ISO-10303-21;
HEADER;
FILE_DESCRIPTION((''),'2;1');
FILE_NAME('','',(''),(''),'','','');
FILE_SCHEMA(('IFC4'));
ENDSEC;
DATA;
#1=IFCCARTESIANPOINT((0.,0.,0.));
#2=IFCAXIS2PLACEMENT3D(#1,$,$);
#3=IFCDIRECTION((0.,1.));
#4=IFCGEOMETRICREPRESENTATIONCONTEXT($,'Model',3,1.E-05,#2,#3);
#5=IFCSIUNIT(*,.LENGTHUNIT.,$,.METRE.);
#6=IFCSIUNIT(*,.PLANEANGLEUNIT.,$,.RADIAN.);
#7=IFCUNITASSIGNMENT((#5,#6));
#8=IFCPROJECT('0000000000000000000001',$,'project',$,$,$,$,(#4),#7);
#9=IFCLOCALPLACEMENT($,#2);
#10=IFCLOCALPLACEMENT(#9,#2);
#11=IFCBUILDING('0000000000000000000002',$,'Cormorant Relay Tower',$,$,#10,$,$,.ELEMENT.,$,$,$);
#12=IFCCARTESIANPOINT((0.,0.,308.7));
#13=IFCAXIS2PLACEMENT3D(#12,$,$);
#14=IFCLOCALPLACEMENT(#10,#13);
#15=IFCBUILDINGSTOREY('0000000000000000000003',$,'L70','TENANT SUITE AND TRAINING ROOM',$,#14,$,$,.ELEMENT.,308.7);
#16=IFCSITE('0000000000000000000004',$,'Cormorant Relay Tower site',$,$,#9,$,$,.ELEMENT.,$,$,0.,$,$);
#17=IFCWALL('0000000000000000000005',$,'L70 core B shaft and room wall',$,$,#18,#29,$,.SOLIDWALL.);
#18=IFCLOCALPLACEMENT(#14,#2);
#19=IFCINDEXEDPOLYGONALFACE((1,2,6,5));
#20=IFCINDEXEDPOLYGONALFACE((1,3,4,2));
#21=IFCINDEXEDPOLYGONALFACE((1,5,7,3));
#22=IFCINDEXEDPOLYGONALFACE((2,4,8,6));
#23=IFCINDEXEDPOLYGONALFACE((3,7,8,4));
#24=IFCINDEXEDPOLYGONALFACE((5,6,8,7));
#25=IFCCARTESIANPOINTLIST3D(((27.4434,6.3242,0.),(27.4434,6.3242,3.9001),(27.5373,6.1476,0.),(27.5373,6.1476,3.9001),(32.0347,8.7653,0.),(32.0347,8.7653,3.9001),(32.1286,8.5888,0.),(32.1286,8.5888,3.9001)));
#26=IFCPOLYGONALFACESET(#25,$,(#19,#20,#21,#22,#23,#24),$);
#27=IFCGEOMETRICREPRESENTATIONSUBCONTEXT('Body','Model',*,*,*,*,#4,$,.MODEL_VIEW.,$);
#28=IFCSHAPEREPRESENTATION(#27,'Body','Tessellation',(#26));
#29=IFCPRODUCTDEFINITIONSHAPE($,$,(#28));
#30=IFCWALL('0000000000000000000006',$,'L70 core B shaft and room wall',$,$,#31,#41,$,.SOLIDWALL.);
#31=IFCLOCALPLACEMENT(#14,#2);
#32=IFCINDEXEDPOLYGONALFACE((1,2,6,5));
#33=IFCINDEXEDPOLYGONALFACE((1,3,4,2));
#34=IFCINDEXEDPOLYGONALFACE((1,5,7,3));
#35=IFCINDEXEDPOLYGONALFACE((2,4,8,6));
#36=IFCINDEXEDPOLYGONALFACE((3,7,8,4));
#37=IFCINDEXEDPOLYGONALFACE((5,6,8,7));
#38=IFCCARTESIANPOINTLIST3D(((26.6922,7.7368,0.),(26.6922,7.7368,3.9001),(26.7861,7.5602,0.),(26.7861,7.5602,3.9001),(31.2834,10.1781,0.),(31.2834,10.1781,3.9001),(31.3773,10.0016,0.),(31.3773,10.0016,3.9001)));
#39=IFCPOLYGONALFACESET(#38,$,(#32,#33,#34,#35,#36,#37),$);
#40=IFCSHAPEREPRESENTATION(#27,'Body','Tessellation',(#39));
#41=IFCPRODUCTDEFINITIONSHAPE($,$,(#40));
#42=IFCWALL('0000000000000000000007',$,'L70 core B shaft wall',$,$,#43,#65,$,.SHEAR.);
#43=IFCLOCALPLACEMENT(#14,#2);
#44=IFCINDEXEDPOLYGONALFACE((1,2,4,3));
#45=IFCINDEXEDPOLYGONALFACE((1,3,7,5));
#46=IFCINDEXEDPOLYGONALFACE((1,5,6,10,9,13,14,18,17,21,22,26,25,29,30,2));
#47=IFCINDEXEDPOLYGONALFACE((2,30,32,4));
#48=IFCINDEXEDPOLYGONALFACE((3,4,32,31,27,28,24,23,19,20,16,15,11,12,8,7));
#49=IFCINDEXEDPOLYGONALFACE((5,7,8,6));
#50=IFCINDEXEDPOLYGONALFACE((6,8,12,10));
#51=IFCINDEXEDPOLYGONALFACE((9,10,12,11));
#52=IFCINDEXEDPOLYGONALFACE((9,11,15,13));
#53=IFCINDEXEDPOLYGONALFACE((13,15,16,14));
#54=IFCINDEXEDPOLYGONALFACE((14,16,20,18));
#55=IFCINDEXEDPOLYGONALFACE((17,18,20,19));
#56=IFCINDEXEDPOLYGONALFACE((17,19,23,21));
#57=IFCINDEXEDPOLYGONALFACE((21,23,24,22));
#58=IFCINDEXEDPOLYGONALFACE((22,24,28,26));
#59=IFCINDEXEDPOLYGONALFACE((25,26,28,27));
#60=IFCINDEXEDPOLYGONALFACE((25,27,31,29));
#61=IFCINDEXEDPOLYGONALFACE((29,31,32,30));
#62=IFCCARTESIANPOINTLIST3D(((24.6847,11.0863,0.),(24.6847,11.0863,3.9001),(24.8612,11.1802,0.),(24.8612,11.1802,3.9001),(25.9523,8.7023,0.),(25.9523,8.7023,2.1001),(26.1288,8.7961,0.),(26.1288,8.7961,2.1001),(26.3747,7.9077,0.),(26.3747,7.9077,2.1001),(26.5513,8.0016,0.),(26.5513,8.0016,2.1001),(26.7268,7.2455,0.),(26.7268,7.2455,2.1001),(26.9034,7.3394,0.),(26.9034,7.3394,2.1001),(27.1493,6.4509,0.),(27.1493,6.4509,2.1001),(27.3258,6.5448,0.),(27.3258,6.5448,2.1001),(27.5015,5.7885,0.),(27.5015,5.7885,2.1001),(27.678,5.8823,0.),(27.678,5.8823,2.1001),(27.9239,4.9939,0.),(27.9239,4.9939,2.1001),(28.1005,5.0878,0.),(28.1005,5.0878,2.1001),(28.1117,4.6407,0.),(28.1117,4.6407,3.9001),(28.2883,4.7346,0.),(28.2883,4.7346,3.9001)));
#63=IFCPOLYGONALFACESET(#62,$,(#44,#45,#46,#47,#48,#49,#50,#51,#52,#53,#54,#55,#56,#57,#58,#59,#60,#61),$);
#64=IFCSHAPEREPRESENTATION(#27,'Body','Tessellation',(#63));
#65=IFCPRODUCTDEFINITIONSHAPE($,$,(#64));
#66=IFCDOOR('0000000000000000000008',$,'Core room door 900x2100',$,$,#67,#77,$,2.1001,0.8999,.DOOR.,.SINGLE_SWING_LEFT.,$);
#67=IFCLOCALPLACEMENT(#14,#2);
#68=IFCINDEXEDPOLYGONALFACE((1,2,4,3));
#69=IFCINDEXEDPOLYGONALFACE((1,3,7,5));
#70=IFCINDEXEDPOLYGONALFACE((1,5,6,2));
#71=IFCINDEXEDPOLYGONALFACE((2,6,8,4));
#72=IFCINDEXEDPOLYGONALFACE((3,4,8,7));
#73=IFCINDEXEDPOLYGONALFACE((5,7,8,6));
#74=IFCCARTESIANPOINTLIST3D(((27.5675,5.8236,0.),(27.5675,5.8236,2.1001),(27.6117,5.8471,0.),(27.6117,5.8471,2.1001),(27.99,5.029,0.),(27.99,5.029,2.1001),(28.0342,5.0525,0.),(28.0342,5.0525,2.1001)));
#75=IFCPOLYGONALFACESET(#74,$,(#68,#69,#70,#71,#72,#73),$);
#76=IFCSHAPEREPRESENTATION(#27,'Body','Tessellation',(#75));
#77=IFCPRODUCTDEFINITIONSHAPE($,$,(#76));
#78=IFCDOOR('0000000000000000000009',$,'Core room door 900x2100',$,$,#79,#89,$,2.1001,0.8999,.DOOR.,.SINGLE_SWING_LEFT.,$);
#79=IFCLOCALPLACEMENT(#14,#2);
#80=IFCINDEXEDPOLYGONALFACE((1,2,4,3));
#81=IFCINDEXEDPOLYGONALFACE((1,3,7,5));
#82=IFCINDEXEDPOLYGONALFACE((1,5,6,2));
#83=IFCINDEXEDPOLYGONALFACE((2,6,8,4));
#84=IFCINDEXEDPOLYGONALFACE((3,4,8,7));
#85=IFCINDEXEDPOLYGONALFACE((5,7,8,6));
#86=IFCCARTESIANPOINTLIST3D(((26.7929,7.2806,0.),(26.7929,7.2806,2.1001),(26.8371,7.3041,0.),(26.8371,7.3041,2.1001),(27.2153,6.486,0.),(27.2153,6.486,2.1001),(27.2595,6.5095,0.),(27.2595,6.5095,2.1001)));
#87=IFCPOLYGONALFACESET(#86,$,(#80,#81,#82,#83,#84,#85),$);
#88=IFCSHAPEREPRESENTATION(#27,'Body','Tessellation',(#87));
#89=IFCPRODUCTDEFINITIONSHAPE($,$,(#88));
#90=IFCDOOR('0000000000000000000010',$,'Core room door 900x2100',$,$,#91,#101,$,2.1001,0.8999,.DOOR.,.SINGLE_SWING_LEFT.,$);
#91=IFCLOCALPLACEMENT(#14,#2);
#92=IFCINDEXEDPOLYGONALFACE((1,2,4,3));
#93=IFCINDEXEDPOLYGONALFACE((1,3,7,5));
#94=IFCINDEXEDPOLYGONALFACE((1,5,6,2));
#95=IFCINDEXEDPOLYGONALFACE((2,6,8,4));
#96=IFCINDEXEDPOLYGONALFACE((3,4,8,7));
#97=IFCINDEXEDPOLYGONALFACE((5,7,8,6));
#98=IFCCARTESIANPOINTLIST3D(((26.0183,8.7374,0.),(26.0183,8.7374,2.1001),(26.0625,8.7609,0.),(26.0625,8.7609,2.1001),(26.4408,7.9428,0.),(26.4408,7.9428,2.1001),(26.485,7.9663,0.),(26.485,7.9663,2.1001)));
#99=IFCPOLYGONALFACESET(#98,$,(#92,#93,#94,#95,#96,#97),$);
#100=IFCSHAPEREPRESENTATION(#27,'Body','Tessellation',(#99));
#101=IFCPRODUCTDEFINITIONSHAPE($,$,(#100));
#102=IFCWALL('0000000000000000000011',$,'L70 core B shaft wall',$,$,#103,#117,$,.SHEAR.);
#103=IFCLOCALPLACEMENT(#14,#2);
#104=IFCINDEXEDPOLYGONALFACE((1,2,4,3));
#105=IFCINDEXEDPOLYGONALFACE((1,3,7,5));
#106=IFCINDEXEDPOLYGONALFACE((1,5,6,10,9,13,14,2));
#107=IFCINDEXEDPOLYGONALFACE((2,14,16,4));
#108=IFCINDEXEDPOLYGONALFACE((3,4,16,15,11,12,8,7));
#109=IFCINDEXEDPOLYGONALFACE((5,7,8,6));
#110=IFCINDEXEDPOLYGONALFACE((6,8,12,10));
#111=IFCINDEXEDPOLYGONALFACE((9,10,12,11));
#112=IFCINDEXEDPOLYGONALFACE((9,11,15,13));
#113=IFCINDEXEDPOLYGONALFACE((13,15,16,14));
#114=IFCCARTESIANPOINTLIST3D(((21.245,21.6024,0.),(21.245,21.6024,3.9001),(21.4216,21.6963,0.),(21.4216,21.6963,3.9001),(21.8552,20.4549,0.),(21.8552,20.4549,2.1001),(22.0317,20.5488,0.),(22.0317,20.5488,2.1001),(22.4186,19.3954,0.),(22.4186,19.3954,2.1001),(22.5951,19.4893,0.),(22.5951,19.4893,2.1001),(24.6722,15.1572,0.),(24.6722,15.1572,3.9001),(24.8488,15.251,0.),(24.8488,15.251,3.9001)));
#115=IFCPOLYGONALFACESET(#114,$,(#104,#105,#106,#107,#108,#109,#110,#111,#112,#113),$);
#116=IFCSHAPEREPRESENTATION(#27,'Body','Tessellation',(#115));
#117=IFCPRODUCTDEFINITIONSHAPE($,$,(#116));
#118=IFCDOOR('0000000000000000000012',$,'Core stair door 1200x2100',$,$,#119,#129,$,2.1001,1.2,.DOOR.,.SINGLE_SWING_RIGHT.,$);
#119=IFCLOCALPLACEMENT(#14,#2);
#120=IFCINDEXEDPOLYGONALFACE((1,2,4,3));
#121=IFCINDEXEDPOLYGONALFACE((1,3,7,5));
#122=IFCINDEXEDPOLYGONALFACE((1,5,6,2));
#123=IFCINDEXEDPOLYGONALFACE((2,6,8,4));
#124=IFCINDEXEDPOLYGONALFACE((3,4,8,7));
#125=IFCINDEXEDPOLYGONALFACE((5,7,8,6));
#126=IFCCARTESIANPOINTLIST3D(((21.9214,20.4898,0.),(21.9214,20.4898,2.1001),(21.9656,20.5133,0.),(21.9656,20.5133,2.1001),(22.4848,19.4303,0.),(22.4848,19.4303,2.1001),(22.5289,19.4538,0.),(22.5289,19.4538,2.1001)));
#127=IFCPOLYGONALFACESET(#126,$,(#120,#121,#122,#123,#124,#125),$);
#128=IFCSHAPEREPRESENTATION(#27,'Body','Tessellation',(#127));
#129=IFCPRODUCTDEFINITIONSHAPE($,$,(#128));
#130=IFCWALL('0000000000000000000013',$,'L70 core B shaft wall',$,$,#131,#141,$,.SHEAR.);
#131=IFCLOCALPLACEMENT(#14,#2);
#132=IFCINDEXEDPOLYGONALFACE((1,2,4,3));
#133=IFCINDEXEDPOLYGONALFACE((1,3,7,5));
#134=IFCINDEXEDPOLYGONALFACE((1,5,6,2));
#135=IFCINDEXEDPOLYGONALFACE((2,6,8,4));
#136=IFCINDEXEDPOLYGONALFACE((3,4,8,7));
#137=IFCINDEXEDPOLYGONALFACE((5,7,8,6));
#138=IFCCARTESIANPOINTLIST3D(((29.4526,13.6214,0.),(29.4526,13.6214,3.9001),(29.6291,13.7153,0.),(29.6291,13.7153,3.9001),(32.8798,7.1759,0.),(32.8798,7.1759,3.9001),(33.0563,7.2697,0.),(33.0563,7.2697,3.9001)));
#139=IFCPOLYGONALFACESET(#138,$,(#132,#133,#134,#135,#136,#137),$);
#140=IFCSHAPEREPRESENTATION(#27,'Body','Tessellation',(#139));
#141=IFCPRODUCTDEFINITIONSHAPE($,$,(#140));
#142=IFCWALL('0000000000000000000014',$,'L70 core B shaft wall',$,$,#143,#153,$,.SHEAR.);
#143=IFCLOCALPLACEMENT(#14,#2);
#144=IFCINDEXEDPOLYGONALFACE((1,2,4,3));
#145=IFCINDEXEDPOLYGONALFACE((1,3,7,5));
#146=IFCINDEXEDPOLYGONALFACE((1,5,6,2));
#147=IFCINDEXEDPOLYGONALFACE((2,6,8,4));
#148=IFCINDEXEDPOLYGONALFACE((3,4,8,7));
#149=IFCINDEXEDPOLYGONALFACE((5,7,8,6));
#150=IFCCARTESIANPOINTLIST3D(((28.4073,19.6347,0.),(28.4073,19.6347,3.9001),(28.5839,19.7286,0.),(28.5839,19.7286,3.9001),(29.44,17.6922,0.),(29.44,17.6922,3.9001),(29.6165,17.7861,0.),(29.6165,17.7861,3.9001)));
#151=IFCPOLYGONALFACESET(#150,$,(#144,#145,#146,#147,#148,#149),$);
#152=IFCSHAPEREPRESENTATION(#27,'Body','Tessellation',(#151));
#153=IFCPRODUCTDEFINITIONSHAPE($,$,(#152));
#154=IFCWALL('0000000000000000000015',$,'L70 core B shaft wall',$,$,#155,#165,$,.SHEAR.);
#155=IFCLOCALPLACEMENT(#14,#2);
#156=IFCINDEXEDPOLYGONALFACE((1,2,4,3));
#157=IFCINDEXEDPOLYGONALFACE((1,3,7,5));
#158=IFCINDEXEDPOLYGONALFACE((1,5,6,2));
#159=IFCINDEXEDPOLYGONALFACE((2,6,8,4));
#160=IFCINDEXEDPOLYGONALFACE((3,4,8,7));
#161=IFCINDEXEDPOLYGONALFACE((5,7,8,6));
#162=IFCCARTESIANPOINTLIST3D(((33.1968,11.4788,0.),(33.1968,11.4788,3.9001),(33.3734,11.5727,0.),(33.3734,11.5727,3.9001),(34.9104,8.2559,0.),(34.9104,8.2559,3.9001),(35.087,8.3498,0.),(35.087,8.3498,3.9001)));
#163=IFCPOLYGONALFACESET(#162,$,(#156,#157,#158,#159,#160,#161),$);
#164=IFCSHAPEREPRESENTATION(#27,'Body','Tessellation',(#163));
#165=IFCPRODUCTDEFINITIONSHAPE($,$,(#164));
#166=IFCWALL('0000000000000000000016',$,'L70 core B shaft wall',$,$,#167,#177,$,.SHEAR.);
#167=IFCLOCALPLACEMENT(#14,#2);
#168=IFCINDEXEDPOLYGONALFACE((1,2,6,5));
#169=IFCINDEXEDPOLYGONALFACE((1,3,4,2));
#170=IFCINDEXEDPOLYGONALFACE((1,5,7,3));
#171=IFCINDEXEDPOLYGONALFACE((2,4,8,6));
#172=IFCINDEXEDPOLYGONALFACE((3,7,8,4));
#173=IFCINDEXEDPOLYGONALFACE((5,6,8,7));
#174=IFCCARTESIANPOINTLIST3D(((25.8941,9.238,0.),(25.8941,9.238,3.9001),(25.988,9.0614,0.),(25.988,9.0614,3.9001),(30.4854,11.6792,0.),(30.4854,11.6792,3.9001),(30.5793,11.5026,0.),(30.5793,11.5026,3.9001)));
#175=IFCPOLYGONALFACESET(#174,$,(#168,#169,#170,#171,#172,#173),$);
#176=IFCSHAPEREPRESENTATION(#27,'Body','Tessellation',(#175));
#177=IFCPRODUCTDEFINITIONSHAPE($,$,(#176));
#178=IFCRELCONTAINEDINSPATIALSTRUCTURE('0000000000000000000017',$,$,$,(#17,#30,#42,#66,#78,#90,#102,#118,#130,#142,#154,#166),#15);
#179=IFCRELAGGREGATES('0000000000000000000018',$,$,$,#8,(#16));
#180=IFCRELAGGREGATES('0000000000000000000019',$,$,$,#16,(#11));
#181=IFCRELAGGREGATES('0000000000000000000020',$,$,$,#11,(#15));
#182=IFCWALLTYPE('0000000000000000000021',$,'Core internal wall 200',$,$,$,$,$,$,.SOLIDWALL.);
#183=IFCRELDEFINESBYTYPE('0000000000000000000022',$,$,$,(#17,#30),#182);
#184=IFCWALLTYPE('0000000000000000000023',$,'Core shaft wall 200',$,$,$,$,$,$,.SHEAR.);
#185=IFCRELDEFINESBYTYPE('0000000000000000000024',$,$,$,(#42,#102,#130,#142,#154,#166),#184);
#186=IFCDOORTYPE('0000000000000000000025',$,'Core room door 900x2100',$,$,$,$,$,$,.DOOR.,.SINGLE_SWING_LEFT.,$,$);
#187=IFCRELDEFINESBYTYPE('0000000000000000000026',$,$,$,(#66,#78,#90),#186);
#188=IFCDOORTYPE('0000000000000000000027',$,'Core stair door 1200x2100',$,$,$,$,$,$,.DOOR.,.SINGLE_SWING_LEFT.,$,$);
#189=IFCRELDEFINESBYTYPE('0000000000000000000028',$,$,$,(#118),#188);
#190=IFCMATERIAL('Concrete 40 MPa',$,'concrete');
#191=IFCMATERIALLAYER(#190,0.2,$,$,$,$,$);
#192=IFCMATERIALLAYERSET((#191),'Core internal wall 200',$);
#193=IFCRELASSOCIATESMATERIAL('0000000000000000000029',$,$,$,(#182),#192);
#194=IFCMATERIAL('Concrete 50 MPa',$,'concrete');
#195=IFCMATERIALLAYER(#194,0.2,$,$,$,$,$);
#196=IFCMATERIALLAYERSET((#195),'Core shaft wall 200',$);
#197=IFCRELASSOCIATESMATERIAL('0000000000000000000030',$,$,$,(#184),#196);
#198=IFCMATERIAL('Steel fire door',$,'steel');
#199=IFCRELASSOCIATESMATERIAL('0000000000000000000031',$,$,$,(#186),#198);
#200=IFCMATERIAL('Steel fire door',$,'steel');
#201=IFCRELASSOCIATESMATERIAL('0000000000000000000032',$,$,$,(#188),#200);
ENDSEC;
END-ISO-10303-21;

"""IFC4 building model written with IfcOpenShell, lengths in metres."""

from ifc_helpers import new_model, si_unit, direction, frame, frame_2d, origin, place, context, subcontext, project, spatial, rectangle, extrude, material, layer, layer_set, type_object, element, fill, save


model = new_model("IFC4")

# Units and contexts
model_context = context("Model", 3, precision=1e-05, world=origin(), true_north=direction((0.0, 1.0)))
body_context = subcontext(model_context, "Body", "Model", "MODEL_VIEW")
ifc_project = project(units=[si_unit("LENGTHUNIT", "METRE"), si_unit("PLANEANGLEUNIT", "RADIAN")], contexts=[model_context])

# Site, building, storey
site_placement = place(None, origin())
site = spatial("IfcSite", under=ifc_project, at=site_placement, Name="Cormorant Relay Tower site", CompositionType="ELEMENT", RefElevation=0.0)
building_placement = place(site_placement, origin())
building = spatial("IfcBuilding", under=site, at=building_placement, Name="Cormorant Relay Tower", CompositionType="ELEMENT")
storey_placement = place(building_placement, frame((0.0, 0.0, 308.7)))
storey = spatial("IfcBuildingStorey", under=building, at=storey_placement, Name="L70", Description="TENANT SUITE AND TRAINING ROOM", CompositionType="ELEMENT", Elevation=308.7)

# Walls
ifc_material_1 = material(Name="Concrete 40 MPa", Category="concrete")
ifc_layer_1 = layer(ifc_material_1, 0.2)
ifc_layer_set_1 = layer_set([ifc_layer_1], Name="Core internal wall 200")
wall_type_1 = type_object("IfcWallType", Name="Core internal wall 200", PredefinedType="SOLIDWALL", material=ifc_layer_set_1)
for number, where, z_axis, x_axis, name in (
    (1, (27.4902, 6.2358, 0.0), (0.0, 0.0, 1.0), (0.882954, 0.46946, 0.0), "L70 core B shaft and room wall"),
    (2, (26.739, 7.6484, 0.0), (0.0, 0.0, 1.0), (0.882935, 0.469496, 0.0), "L70 core B shaft and room wall"),
):
    element("IfcWall", number, at=place(storey_placement, frame(where, z_axis=z_axis, x_axis=x_axis)), inside=storey, type_object=wall_type_1, Name=name, PredefinedType="SOLIDWALL", context=body_context, shape_type="SweptSolid", body=[
        extrude(rectangle(XDim=5.2, YDim=0.2, at=frame_2d((2.6001, 0.0))), origin(), (0.0, 0.0, 1.0), 3.9001),
    ])

# Wall, openings, doors
ifc_material_2 = material(Name="Concrete 50 MPa", Category="concrete")
ifc_layer_2 = layer(ifc_material_2, 0.2)
ifc_layer_set_2 = layer_set([ifc_layer_2], Name="Core shaft wall 200")
wall_type_2 = type_object("IfcWallType", Name="Core shaft wall 200", PredefinedType="SHEAR", material=ifc_layer_set_2)
wall_1_placement = place(storey_placement, frame((28.2, 4.6877, 0.0), z_axis=(0.0, 0.0, 1.0), x_axis=(-0.469454, 0.882957, 0.0)))
wall_1 = element("IfcWall", 3, at=wall_1_placement, inside=storey, type_object=wall_type_2, Name="L70 core B shaft wall", PredefinedType="SHEAR", context=body_context, shape_type="SweptSolid", body=[
    extrude(rectangle(XDim=7.3, YDim=0.2, at=frame_2d((3.6499, 0.0))), origin(), (0.0, 0.0, 1.0), 3.9001),
])
opening_1_placement = place(wall_1_placement, frame((0.3999, 0.0, 0.0)))
opening_1 = element("IfcOpeningElement", 4, at=opening_1_placement, cuts=wall_1, PredefinedType="OPENING", context=body_context, shape_type="SweptSolid", body=[
    extrude(rectangle(XDim=0.8999, YDim=2.1001, at=frame_2d((0.45, 1.05))), frame((0.0, 0.1099, 0.0), z_axis=(0.0, -1.0, 0.0), x_axis=(1.0, 0.0, 0.0)), (0.0, 0.0, 1.0), 0.22),
])
opening_2_placement = place(wall_1_placement, frame((2.05, 0.0, 0.0)))
opening_2 = element("IfcOpeningElement", 5, at=opening_2_placement, cuts=wall_1, PredefinedType="OPENING", context=body_context, shape_type="SweptSolid", body=[
    extrude(rectangle(XDim=0.8999, YDim=2.1001, at=frame_2d((0.45, 1.05))), frame((0.0, 0.1099, 0.0), z_axis=(0.0, -1.0, 0.0), x_axis=(1.0, 0.0, 0.0)), (0.0, 0.0, 1.0), 0.22),
])
opening_3_placement = place(wall_1_placement, frame((3.7, 0.0, 0.0)))
opening_3 = element("IfcOpeningElement", 6, at=opening_3_placement, cuts=wall_1, PredefinedType="OPENING", context=body_context, shape_type="SweptSolid", body=[
    extrude(rectangle(XDim=0.8999, YDim=2.1001, at=frame_2d((0.45, 1.05))), frame((0.0, 0.1099, 0.0), z_axis=(0.0, -1.0, 0.0), x_axis=(1.0, 0.0, 0.0)), (0.0, 0.0, 1.0), 0.22),
])
ifc_material_3 = material(Name="Steel fire door", Category="steel")
door_type_1 = type_object("IfcDoorType", Name="Core room door 900x2100", OperationType="SINGLE_SWING_LEFT", PredefinedType="DOOR", material=ifc_material_3)
door_1_placement = place(opening_1_placement, frame((0.8999, 0.0, 0.0), z_axis=(0.0, 0.0, 1.0), x_axis=(-1.0, 0.0, 0.0)))
door_1 = element("IfcDoor", 7, at=door_1_placement, inside=storey, type_object=door_type_1, Name="Core room door 900x2100", OperationType="SINGLE_SWING_LEFT", OverallHeight=2.1001, OverallWidth=0.8999, PredefinedType="DOOR", context=body_context, shape_type="SweptSolid", body=[
    extrude(rectangle(XDim=0.8999, YDim=2.1001, at=frame_2d((0.45, 1.05))), frame((0.0, 0.0249, 0.0), z_axis=(0.0, -1.0, 0.0), x_axis=(1.0, 0.0, 0.0)), (0.0, 0.0, 1.0), 0.05),
])
fill(opening_1, door_1)
door_2_placement = place(opening_2_placement, frame((0.8999, 0.0, 0.0), z_axis=(0.0, 0.0, 1.0), x_axis=(-1.0, 0.0, 0.0)))
door_2 = element("IfcDoor", 8, at=door_2_placement, inside=storey, type_object=door_type_1, Name="Core room door 900x2100", OperationType="SINGLE_SWING_LEFT", OverallHeight=2.1001, OverallWidth=0.8999, PredefinedType="DOOR", context=body_context, shape_type="SweptSolid", body=[
    extrude(rectangle(XDim=0.8999, YDim=2.1001, at=frame_2d((0.45, 1.05))), frame((0.0, 0.0249, 0.0), z_axis=(0.0, -1.0, 0.0), x_axis=(1.0, 0.0, 0.0)), (0.0, 0.0, 1.0), 0.05),
])
fill(opening_2, door_2)
door_3_placement = place(opening_3_placement, frame((0.8999, 0.0, 0.0), z_axis=(0.0, 0.0, 1.0), x_axis=(-1.0, 0.0, 0.0)))
door_3 = element("IfcDoor", 9, at=door_3_placement, inside=storey, type_object=door_type_1, Name="Core room door 900x2100", OperationType="SINGLE_SWING_LEFT", OverallHeight=2.1001, OverallWidth=0.8999, PredefinedType="DOOR", context=body_context, shape_type="SweptSolid", body=[
    extrude(rectangle(XDim=0.8999, YDim=2.1001, at=frame_2d((0.45, 1.05))), frame((0.0, 0.0249, 0.0), z_axis=(0.0, -1.0, 0.0), x_axis=(1.0, 0.0, 0.0)), (0.0, 0.0, 1.0), 0.05),
])
fill(opening_3, door_3)

# Wall, opening, door
wall_2_placement = place(storey_placement, frame((24.7605, 15.2041, 0.0), z_axis=(0.0, 0.0, 1.0), x_axis=(-0.469494, 0.882936, 0.0)))
wall_2 = element("IfcWall", 10, at=wall_2_placement, inside=storey, type_object=wall_type_2, Name="L70 core B shaft wall", PredefinedType="SHEAR", context=body_context, shape_type="SweptSolid", body=[
    extrude(rectangle(XDim=7.2998, YDim=0.2, at=frame_2d((3.6499, 0.0))), origin(), (0.0, 0.0, 1.0), 3.9001),
])
opening_4_placement = place(wall_2_placement, frame((4.8, 0.0, 0.0)))
opening_4 = element("IfcOpeningElement", 11, at=opening_4_placement, cuts=wall_2, PredefinedType="OPENING", context=body_context, shape_type="SweptSolid", body=[
    extrude(rectangle(XDim=1.2, YDim=2.1001, at=frame_2d((0.6001, 1.05))), frame((0.0, 0.1099, 0.0), z_axis=(0.0, -1.0, 0.0), x_axis=(1.0, 0.0, 0.0)), (0.0, 0.0, 1.0), 0.22),
])
ifc_material_4 = material(Name="Steel fire door", Category="steel")
door_type_2 = type_object("IfcDoorType", Name="Core stair door 1200x2100", OperationType="SINGLE_SWING_LEFT", PredefinedType="DOOR", material=ifc_material_4)
door_4_placement = place(opening_4_placement, frame((1.2, 0.0, 0.0), z_axis=(0.0, 0.0, 1.0), x_axis=(-1.0, 0.0, 0.0)))
door_4 = element("IfcDoor", 12, at=door_4_placement, inside=storey, type_object=door_type_2, Name="Core stair door 1200x2100", OperationType="SINGLE_SWING_RIGHT", OverallHeight=2.1001, OverallWidth=1.2, PredefinedType="DOOR", context=body_context, shape_type="SweptSolid", body=[
    extrude(rectangle(XDim=1.2, YDim=2.1001, at=frame_2d((0.6001, 1.05))), frame((0.0, 0.0249, 0.0), z_axis=(0.0, -1.0, 0.0), x_axis=(1.0, 0.0, 0.0)), (0.0, 0.0, 1.0), 0.05),
])
fill(opening_4, door_4)

# Walls
wall_3_placement = place(storey_placement, frame((32.968, 7.2229, 0.0), z_axis=(0.0, 0.0, 1.0), x_axis=(-0.46948, 0.882943, 0.0)))
element("IfcWall", 13, at=wall_3_placement, inside=storey, type_object=wall_type_2, Name="L70 core B shaft wall", PredefinedType="SHEAR", context=body_context, shape_type="SweptSolid", body=[
    extrude(rectangle(XDim=7.3, YDim=0.2, at=frame_2d((3.6499, 0.0))), origin(), (0.0, 0.0, 1.0), 3.9001),
])
wall_4_placement = place(storey_placement, frame((29.5283, 17.739, 0.0), z_axis=(0.0, 0.0, 1.0), x_axis=(-0.469401, 0.882985, 0.0)))
element("IfcWall", 14, at=wall_4_placement, inside=storey, type_object=wall_type_2, Name="L70 core B shaft wall", PredefinedType="SHEAR", context=body_context, shape_type="SweptSolid", body=[
    extrude(rectangle(XDim=2.2, YDim=0.2, at=frame_2d((1.1001, 0.0))), origin(), (0.0, 0.0, 1.0), 3.9001),
])
wall_5_placement = place(storey_placement, frame((34.9988, 8.3027, 0.0), z_axis=(0.0, 0.0, 1.0), x_axis=(-0.469467, 0.88295, 0.0)))
element("IfcWall", 15, at=wall_5_placement, inside=storey, type_object=wall_type_2, Name="L70 core B shaft wall", PredefinedType="SHEAR", context=body_context, shape_type="SweptSolid", body=[
    extrude(rectangle(XDim=3.6501, YDim=0.2, at=frame_2d((1.8252, 0.0))), origin(), (0.0, 0.0, 1.0), 3.9001),
])

# Wall
wall_6_placement = place(storey_placement, frame((25.9409, 9.1497, 0.0), z_axis=(0.0, 0.0, 1.0), x_axis=(0.882954, 0.46946, 0.0)))
element("IfcWall", 16, at=wall_6_placement, inside=storey, type_object=wall_type_2, Name="L70 core B shaft wall", PredefinedType="SHEAR", context=body_context, shape_type="SweptSolid", body=[
    extrude(rectangle(XDim=5.2, YDim=0.2, at=frame_2d((2.6001, 0.0))), origin(), (0.0, 0.0, 1.0), 3.9001),
])

save(model, "model.ifc")
